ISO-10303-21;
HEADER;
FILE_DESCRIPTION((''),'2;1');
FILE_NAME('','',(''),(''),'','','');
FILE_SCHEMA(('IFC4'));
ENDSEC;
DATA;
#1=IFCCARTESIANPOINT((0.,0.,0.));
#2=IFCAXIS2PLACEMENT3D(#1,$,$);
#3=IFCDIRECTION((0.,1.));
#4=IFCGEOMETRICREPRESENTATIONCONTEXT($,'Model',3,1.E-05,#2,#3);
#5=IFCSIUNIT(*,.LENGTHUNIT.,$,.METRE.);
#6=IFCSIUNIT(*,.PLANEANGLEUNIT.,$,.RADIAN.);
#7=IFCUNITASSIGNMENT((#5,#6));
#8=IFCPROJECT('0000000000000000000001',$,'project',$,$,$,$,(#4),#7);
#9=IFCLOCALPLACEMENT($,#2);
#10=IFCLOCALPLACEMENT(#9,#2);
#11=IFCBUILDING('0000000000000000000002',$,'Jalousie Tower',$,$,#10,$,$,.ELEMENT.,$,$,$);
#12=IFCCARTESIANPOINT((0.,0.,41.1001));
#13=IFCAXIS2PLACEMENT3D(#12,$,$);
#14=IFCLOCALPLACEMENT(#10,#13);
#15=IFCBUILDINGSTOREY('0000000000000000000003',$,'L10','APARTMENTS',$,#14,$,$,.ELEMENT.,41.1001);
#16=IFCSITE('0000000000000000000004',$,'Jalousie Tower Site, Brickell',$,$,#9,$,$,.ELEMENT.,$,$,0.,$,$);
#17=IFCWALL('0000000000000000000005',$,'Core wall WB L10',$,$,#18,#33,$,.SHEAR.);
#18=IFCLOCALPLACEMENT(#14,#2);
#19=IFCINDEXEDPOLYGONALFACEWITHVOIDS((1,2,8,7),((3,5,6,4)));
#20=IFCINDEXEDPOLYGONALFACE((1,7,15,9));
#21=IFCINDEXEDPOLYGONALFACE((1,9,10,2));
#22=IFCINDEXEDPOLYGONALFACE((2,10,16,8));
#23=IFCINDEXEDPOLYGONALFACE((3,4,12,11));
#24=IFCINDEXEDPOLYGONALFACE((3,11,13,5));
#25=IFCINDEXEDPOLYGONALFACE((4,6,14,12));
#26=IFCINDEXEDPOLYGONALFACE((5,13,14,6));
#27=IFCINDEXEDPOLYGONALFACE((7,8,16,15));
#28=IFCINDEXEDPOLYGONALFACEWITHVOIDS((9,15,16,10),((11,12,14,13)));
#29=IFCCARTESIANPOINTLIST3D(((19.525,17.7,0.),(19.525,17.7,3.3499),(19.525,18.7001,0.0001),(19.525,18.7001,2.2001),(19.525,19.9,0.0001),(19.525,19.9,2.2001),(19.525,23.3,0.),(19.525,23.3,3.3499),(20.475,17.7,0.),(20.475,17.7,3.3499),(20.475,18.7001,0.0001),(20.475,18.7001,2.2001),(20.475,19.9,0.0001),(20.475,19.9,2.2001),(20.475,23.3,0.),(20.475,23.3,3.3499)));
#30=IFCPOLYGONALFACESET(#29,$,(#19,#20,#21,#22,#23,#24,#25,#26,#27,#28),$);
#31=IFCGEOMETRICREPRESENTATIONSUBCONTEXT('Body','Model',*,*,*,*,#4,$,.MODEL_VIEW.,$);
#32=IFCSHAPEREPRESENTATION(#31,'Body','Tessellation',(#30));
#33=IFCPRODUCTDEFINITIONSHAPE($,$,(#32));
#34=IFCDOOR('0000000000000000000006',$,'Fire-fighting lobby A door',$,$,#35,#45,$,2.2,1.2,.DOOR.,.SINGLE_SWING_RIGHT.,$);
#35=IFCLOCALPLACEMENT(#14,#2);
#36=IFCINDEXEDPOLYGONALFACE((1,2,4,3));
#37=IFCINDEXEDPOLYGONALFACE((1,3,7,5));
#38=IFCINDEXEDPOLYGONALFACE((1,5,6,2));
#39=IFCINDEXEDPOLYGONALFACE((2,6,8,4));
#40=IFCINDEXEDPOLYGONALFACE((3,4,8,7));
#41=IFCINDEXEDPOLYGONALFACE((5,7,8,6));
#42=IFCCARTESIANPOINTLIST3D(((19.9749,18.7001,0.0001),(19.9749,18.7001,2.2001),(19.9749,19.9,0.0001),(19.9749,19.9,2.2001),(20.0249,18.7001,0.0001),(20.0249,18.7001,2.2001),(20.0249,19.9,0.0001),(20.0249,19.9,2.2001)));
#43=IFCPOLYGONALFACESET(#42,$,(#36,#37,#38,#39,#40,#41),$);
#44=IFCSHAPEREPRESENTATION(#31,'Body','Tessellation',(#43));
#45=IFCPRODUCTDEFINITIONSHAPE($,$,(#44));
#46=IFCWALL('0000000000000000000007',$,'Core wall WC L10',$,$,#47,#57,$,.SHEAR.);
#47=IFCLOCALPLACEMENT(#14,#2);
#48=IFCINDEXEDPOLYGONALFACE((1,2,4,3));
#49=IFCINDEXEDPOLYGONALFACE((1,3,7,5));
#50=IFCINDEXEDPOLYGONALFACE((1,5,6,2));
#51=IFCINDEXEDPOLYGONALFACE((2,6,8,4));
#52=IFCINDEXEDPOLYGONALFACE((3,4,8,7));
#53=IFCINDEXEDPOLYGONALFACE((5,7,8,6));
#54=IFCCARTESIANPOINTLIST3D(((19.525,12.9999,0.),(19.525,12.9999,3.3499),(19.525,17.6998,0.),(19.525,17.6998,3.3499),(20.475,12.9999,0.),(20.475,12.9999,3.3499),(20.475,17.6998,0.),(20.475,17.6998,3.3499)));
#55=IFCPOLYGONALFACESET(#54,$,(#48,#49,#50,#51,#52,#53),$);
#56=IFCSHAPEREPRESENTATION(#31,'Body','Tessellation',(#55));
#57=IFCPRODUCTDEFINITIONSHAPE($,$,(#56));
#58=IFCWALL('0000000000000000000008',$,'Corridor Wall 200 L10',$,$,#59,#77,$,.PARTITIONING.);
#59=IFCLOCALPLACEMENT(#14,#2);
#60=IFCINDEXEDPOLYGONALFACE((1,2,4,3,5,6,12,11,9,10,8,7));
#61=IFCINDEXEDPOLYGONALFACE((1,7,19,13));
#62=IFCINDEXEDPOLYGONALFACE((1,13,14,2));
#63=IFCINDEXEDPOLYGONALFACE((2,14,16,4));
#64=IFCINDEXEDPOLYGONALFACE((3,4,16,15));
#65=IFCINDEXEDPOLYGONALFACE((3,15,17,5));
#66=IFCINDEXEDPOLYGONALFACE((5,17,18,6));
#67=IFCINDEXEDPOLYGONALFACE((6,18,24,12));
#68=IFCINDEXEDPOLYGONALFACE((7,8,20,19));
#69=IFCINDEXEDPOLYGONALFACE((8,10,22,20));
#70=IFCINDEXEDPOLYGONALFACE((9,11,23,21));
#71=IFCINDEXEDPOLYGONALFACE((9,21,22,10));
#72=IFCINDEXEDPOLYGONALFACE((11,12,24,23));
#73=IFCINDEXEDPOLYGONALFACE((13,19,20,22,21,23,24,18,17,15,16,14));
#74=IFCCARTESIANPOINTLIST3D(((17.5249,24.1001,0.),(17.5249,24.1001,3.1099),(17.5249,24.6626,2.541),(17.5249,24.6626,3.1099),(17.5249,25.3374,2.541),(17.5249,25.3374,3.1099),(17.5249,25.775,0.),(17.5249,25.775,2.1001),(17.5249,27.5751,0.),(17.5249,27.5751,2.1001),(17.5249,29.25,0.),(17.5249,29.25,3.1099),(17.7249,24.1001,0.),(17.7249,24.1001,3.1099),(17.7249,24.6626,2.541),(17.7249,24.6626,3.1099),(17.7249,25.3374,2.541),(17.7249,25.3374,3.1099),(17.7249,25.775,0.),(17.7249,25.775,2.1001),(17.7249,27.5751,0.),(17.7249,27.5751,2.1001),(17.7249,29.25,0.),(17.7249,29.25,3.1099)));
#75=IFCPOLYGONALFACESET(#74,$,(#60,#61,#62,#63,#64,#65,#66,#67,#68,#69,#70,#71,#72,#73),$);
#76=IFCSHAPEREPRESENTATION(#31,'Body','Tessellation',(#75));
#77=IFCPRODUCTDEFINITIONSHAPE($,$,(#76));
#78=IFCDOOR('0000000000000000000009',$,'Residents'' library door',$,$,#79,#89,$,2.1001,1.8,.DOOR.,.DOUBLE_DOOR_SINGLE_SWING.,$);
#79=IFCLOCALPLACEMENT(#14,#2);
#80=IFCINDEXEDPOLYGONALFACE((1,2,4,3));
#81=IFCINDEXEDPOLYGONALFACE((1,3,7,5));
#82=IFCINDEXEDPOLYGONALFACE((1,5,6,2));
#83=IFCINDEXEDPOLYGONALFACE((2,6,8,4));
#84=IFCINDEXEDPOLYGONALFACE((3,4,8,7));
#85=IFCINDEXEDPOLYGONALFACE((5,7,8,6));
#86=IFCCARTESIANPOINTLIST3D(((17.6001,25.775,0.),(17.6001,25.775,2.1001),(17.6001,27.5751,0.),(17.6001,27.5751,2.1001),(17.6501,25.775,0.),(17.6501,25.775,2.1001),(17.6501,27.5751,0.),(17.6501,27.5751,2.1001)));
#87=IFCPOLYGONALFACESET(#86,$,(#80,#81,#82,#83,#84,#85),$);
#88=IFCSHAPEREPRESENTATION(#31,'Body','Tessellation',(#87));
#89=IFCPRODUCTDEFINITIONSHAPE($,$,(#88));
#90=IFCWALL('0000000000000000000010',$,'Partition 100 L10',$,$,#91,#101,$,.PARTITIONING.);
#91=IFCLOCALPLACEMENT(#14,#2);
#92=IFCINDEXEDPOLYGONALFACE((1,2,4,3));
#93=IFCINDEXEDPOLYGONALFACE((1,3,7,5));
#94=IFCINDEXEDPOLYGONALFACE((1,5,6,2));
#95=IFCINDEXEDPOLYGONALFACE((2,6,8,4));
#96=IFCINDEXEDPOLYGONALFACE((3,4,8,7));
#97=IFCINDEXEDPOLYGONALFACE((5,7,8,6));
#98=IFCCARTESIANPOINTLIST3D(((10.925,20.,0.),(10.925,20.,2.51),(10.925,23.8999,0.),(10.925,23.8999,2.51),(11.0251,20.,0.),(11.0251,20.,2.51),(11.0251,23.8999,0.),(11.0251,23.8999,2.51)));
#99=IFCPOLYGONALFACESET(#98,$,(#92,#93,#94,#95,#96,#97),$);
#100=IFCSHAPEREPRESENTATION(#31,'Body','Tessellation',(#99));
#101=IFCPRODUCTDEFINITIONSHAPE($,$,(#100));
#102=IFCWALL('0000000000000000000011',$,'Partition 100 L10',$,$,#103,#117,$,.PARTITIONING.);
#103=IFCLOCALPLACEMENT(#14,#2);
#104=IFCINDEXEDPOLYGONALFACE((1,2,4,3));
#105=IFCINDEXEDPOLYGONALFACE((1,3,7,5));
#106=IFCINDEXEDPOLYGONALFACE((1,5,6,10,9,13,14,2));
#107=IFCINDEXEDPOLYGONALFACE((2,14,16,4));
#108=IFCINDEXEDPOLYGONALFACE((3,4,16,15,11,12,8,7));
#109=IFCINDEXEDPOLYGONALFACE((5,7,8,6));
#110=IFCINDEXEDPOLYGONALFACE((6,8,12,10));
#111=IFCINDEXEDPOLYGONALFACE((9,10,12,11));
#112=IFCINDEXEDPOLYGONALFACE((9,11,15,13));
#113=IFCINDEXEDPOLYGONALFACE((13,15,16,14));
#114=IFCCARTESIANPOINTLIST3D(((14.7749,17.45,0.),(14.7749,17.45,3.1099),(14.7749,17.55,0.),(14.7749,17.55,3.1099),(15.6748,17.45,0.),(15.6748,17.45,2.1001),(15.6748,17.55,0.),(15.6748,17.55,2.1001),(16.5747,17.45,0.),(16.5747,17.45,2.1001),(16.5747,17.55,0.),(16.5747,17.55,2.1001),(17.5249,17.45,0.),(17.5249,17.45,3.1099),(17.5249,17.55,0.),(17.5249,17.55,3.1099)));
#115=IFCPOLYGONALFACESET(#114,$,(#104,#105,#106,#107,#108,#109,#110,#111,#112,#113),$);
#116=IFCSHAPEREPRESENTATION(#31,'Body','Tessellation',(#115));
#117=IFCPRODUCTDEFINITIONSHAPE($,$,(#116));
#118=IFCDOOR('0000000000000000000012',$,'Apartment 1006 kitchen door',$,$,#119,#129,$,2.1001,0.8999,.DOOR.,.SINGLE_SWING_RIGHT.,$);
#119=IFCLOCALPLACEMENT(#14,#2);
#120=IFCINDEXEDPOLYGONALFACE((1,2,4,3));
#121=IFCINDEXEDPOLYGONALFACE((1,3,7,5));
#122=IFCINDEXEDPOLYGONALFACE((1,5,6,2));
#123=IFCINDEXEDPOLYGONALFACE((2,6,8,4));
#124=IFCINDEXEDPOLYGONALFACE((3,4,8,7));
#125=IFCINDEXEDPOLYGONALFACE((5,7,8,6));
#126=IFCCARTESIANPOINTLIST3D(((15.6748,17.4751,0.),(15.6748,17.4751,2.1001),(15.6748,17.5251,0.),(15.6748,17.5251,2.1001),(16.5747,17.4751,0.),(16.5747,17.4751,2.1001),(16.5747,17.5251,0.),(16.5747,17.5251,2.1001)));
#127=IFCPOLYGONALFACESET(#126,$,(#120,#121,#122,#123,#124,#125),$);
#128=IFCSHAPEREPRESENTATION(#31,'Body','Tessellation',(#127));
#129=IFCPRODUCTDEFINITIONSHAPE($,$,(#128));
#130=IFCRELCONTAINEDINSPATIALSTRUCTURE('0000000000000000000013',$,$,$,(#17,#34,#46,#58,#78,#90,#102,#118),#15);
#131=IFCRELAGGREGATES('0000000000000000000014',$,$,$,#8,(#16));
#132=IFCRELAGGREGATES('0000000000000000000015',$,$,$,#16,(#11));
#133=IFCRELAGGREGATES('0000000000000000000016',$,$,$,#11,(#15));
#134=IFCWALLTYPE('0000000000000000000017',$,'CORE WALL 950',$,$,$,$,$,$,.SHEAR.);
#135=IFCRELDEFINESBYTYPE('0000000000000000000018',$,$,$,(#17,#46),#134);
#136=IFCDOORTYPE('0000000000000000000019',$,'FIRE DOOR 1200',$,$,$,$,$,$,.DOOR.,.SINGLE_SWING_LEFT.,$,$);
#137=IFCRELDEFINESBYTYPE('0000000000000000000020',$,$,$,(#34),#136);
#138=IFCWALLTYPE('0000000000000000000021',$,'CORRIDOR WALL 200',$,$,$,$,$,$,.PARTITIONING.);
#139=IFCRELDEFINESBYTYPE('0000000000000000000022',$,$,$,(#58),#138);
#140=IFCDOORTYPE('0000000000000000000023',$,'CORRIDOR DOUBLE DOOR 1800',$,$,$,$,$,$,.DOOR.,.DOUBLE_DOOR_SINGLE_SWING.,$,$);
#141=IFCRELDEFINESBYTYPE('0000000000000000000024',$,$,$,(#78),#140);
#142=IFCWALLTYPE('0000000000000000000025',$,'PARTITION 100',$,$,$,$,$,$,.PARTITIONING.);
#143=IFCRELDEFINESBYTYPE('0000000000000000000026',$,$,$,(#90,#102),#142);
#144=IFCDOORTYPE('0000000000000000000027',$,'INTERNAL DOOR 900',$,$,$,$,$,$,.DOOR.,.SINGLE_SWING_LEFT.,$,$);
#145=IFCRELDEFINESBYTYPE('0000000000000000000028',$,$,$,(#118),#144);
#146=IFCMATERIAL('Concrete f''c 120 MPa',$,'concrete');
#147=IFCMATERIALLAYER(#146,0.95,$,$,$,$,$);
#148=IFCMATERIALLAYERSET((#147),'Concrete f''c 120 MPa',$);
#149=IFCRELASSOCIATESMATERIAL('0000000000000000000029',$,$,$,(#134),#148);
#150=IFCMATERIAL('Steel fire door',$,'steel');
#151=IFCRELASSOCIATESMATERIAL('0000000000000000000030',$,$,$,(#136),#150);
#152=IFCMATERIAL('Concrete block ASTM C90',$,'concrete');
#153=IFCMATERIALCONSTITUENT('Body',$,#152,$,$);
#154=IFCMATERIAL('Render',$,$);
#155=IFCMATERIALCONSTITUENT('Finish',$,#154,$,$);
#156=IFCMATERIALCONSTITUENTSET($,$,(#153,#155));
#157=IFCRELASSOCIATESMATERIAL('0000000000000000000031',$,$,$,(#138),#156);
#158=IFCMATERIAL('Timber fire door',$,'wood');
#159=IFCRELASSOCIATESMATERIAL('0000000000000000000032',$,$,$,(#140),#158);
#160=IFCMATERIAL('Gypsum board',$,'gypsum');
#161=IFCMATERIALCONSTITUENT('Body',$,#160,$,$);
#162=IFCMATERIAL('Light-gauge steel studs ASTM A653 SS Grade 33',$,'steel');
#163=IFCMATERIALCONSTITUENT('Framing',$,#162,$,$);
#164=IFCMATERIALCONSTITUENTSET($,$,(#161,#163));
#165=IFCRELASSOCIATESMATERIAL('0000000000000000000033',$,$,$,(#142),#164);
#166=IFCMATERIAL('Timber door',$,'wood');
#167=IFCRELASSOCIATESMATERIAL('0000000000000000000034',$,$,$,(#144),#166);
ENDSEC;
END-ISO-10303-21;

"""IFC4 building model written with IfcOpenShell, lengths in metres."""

from ifc_helpers import new_model, si_unit, direction, frame, frame_2d, origin, place, context, subcontext, project, spatial, polyline, rectangle, outline, extrude, material, layer, layer_set, constituent, constituent_set, type_object, element, fill, save


model = new_model("IFC4")

# Units and contexts
model_context = context("Model", 3, precision=1e-05, world=origin(), true_north=direction((0.0, 1.0)))
body_context = subcontext(model_context, "Body", "Model", "MODEL_VIEW")
ifc_project = project(units=[si_unit("LENGTHUNIT", "METRE"), si_unit("PLANEANGLEUNIT", "RADIAN")], contexts=[model_context])

# Site, building, storey
site_placement = place(None, origin())
site = spatial("IfcSite", under=ifc_project, at=site_placement, Name="Jalousie Tower Site, Brickell", CompositionType="ELEMENT", RefElevation=0.0)
building_placement = place(site_placement, origin())
building = spatial("IfcBuilding", under=site, at=building_placement, Name="Jalousie Tower", CompositionType="ELEMENT")
storey_placement = place(building_placement, frame((0.0, 0.0, 41.1001)))
storey = spatial("IfcBuildingStorey", under=building, at=storey_placement, Name="L10", Description="APARTMENTS", CompositionType="ELEMENT", Elevation=41.1001)

# Wall, opening, door
ifc_material_1 = material(Name="Concrete f'c 120 MPa", Category="concrete")
ifc_layer_1 = layer(ifc_material_1, 0.95)
ifc_layer_set_1 = layer_set([ifc_layer_1], Name="Concrete f'c 120 MPa")
wall_type_1 = type_object("IfcWallType", Name="CORE WALL 950", PredefinedType="SHEAR", material=ifc_layer_set_1)
wall_1_placement = place(storey_placement, frame((20.0, 23.3, 0.0), z_axis=(0.0, 0.0, 1.0), x_axis=(0.0, -1.0, 0.0)))
wall_1 = element("IfcWall", 1, at=wall_1_placement, inside=storey, type_object=wall_type_1, Name="Core wall WB L10", PredefinedType="SHEAR", context=body_context, shape_type="SweptSolid", body=[
    extrude(rectangle(XDim=5.6001, YDim=0.95, at=frame_2d((2.8, 0.0))), origin(), (0.0, 0.0, 1.0), 3.3499),
])
opening_1_placement = place(wall_1_placement, frame((3.3999, 0.0, 0.0)))
opening_1 = element("IfcOpeningElement", 2, at=opening_1_placement, cuts=wall_1, PredefinedType="OPENING", context=body_context, shape_type="SweptSolid", body=[
    extrude(rectangle(XDim=1.2, YDim=2.2, at=frame_2d((0.6001, 1.1001))), frame((0.0, 0.4849, 0.0), z_axis=(0.0, -1.0, 0.0), x_axis=(1.0, 0.0, 0.0)), (0.0, 0.0, 1.0), 0.97),
])
ifc_material_2 = material(Name="Steel fire door", Category="steel")
door_type_1 = type_object("IfcDoorType", Name="FIRE DOOR 1200", OperationType="SINGLE_SWING_LEFT", PredefinedType="DOOR", material=ifc_material_2)
door_1_placement = place(opening_1_placement, origin())
door_1 = element("IfcDoor", 3, at=door_1_placement, inside=storey, type_object=door_type_1, Name="Fire-fighting lobby A door", OperationType="SINGLE_SWING_RIGHT", OverallHeight=2.2, OverallWidth=1.2, PredefinedType="DOOR", context=body_context, shape_type="SweptSolid", body=[
    extrude(rectangle(XDim=1.2, YDim=2.2, at=frame_2d((0.6001, 1.1001))), frame((0.0, 0.0249, 0.0), z_axis=(0.0, -1.0, 0.0), x_axis=(1.0, 0.0, 0.0)), (0.0, 0.0, 1.0), 0.05),
])
fill(opening_1, door_1)

# Wall
wall_2_placement = place(storey_placement, frame((20.0, 17.7, 0.0), z_axis=(0.0, 0.0, 1.0), x_axis=(0.0, -1.0, 0.0)))
element("IfcWall", 4, at=wall_2_placement, inside=storey, type_object=wall_type_1, Name="Core wall WC L10", PredefinedType="SHEAR", context=body_context, shape_type="SweptSolid", body=[
    extrude(rectangle(XDim=4.7, YDim=0.95, at=frame_2d((2.3501, 0.0))), origin(), (0.0, 0.0, 1.0), 3.3499),
])

# Wall, opening, door
ifc_material_3 = material(Name="Concrete block ASTM C90", Category="concrete")
ifc_constituent_1 = constituent(ifc_material_3, Name="Body")
ifc_material_4 = material(Name="Render")
ifc_constituent_2 = constituent(ifc_material_4, Name="Finish")
ifc_constituent_set_1 = constituent_set(constituents=[ifc_constituent_1, ifc_constituent_2])
wall_type_2 = type_object("IfcWallType", Name="CORRIDOR WALL 200", PredefinedType="PARTITIONING", material=ifc_constituent_set_1)
wall_3_placement = place(storey_placement, frame((17.625, 24.1001, 0.0), z_axis=(0.0, 0.0, 1.0), x_axis=(0.0, 1.0, 0.0)))
wall_3 = element("IfcWall", 5, at=wall_3_placement, inside=storey, type_object=wall_type_2, Name="Corridor Wall 200 L10", PredefinedType="PARTITIONING", context=body_context, shape_type="SweptSolid", body=[
    extrude(outline(polyline([(0.0, 0.0), (5.1499, 0.0), (5.1499, 3.1099), (1.2373, 3.1099), (1.2373, 2.541), (0.5625, 2.541), (0.5625, 3.1099), (0.0, 3.1099), (0.0, 0.0)])), frame((0.0, 0.1001, 0.0), z_axis=(0.0, -1.0, 0.0), x_axis=(1.0, 0.0, 0.0)), (0.0, 0.0, 1.0), 0.2),
])
opening_2_placement = place(wall_3_placement, frame((1.675, 0.0, 0.0)))
opening_2 = element("IfcOpeningElement", 6, at=opening_2_placement, cuts=wall_3, PredefinedType="OPENING", context=body_context, shape_type="SweptSolid", body=[
    extrude(rectangle(XDim=1.8, YDim=2.1001, at=frame_2d((0.8999, 1.05))), frame((0.0, 0.1099, 0.0), z_axis=(0.0, -1.0, 0.0), x_axis=(1.0, 0.0, 0.0)), (0.0, 0.0, 1.0), 0.22),
])
ifc_material_5 = material(Name="Timber fire door", Category="wood")
door_type_2 = type_object("IfcDoorType", Name="CORRIDOR DOUBLE DOOR 1800", OperationType="DOUBLE_DOOR_SINGLE_SWING", PredefinedType="DOOR", material=ifc_material_5)
door_2_placement = place(opening_2_placement, origin())
door_2 = element("IfcDoor", 7, at=door_2_placement, inside=storey, type_object=door_type_2, Name="Residents' library door", OperationType="DOUBLE_DOOR_SINGLE_SWING", OverallHeight=2.1001, OverallWidth=1.8, PredefinedType="DOOR", context=body_context, shape_type="SweptSolid", body=[
    extrude(rectangle(XDim=1.8, YDim=2.1001, at=frame_2d((0.8999, 1.05))), frame((0.0, 0.0249, 0.0), z_axis=(0.0, -1.0, 0.0), x_axis=(1.0, 0.0, 0.0)), (0.0, 0.0, 1.0), 0.05),
])
fill(opening_2, door_2)

# Wall
ifc_material_6 = material(Name="Gypsum board", Category="gypsum")
ifc_constituent_3 = constituent(ifc_material_6, Name="Body")
ifc_material_7 = material(Name="Light-gauge steel studs ASTM A653 SS Grade 33", Category="steel")
ifc_constituent_4 = constituent(ifc_material_7, Name="Framing")
ifc_constituent_set_2 = constituent_set(constituents=[ifc_constituent_3, ifc_constituent_4])
wall_type_3 = type_object("IfcWallType", Name="PARTITION 100", PredefinedType="PARTITIONING", material=ifc_constituent_set_2)
wall_4_placement = place(storey_placement, frame((10.9751, 20.0, 0.0), z_axis=(0.0, 0.0, 1.0), x_axis=(0.0, 1.0, 0.0)))
element("IfcWall", 8, at=wall_4_placement, inside=storey, type_object=wall_type_3, Name="Partition 100 L10", PredefinedType="PARTITIONING", context=body_context, shape_type="SweptSolid", body=[
    extrude(outline(polyline([(0.0, 0.0), (3.8999, 0.0), (3.8999, 3.1099), (3.8999, 2.51), (0.0, 2.51), (0.0, 3.1099), (0.0, 0.0)])), frame((0.0, 0.05, 0.0), z_axis=(0.0, -1.0, 0.0), x_axis=(1.0, 0.0, 0.0)), (0.0, 0.0, 1.0), 0.1001),
])

# Wall, opening, door
wall_5_placement = place(storey_placement, frame((14.7749, 17.5, 0.0), z_axis=(0.0, 0.0, 1.0), x_axis=(1.0, 0.0, 0.0)))
wall_5 = element("IfcWall", 9, at=wall_5_placement, inside=storey, type_object=wall_type_3, Name="Partition 100 L10", PredefinedType="PARTITIONING", context=body_context, shape_type="SweptSolid", body=[
    extrude(rectangle(XDim=2.75, YDim=0.1001, at=frame_2d((1.375, 0.0))), origin(), (0.0, 0.0, 1.0), 3.1099),
])
opening_3_placement = place(wall_5_placement, frame((0.8999, 0.0, 0.0)))
opening_3 = element("IfcOpeningElement", 10, at=opening_3_placement, cuts=wall_5, PredefinedType="OPENING", context=body_context, shape_type="SweptSolid", body=[
    extrude(rectangle(XDim=0.8999, YDim=2.1001, at=frame_2d((0.45, 1.05))), frame((0.0, 0.0601, 0.0), z_axis=(0.0, -1.0, 0.0), x_axis=(1.0, 0.0, 0.0)), (0.0, 0.0, 1.0), 0.1201),
])
ifc_material_8 = material(Name="Timber door", Category="wood")
door_type_3 = type_object("IfcDoorType", Name="INTERNAL DOOR 900", OperationType="SINGLE_SWING_LEFT", PredefinedType="DOOR", material=ifc_material_8)
door_3_placement = place(opening_3_placement, frame((0.8999, 0.0, 0.0), z_axis=(0.0, 0.0, 1.0), x_axis=(-1.0, 0.0, 0.0)))
door_3 = element("IfcDoor", 11, at=door_3_placement, inside=storey, type_object=door_type_3, Name="Apartment 1006 kitchen door", OperationType="SINGLE_SWING_RIGHT", OverallHeight=2.1001, OverallWidth=0.8999, PredefinedType="DOOR", context=body_context, shape_type="SweptSolid", body=[
    extrude(rectangle(XDim=0.8999, YDim=2.1001, at=frame_2d((0.45, 1.05))), frame((0.0, 0.0249, 0.0), z_axis=(0.0, -1.0, 0.0), x_axis=(1.0, 0.0, 0.0)), (0.0, 0.0, 1.0), 0.05),
])
fill(opening_3, door_3)

save(model, "model.ifc")
